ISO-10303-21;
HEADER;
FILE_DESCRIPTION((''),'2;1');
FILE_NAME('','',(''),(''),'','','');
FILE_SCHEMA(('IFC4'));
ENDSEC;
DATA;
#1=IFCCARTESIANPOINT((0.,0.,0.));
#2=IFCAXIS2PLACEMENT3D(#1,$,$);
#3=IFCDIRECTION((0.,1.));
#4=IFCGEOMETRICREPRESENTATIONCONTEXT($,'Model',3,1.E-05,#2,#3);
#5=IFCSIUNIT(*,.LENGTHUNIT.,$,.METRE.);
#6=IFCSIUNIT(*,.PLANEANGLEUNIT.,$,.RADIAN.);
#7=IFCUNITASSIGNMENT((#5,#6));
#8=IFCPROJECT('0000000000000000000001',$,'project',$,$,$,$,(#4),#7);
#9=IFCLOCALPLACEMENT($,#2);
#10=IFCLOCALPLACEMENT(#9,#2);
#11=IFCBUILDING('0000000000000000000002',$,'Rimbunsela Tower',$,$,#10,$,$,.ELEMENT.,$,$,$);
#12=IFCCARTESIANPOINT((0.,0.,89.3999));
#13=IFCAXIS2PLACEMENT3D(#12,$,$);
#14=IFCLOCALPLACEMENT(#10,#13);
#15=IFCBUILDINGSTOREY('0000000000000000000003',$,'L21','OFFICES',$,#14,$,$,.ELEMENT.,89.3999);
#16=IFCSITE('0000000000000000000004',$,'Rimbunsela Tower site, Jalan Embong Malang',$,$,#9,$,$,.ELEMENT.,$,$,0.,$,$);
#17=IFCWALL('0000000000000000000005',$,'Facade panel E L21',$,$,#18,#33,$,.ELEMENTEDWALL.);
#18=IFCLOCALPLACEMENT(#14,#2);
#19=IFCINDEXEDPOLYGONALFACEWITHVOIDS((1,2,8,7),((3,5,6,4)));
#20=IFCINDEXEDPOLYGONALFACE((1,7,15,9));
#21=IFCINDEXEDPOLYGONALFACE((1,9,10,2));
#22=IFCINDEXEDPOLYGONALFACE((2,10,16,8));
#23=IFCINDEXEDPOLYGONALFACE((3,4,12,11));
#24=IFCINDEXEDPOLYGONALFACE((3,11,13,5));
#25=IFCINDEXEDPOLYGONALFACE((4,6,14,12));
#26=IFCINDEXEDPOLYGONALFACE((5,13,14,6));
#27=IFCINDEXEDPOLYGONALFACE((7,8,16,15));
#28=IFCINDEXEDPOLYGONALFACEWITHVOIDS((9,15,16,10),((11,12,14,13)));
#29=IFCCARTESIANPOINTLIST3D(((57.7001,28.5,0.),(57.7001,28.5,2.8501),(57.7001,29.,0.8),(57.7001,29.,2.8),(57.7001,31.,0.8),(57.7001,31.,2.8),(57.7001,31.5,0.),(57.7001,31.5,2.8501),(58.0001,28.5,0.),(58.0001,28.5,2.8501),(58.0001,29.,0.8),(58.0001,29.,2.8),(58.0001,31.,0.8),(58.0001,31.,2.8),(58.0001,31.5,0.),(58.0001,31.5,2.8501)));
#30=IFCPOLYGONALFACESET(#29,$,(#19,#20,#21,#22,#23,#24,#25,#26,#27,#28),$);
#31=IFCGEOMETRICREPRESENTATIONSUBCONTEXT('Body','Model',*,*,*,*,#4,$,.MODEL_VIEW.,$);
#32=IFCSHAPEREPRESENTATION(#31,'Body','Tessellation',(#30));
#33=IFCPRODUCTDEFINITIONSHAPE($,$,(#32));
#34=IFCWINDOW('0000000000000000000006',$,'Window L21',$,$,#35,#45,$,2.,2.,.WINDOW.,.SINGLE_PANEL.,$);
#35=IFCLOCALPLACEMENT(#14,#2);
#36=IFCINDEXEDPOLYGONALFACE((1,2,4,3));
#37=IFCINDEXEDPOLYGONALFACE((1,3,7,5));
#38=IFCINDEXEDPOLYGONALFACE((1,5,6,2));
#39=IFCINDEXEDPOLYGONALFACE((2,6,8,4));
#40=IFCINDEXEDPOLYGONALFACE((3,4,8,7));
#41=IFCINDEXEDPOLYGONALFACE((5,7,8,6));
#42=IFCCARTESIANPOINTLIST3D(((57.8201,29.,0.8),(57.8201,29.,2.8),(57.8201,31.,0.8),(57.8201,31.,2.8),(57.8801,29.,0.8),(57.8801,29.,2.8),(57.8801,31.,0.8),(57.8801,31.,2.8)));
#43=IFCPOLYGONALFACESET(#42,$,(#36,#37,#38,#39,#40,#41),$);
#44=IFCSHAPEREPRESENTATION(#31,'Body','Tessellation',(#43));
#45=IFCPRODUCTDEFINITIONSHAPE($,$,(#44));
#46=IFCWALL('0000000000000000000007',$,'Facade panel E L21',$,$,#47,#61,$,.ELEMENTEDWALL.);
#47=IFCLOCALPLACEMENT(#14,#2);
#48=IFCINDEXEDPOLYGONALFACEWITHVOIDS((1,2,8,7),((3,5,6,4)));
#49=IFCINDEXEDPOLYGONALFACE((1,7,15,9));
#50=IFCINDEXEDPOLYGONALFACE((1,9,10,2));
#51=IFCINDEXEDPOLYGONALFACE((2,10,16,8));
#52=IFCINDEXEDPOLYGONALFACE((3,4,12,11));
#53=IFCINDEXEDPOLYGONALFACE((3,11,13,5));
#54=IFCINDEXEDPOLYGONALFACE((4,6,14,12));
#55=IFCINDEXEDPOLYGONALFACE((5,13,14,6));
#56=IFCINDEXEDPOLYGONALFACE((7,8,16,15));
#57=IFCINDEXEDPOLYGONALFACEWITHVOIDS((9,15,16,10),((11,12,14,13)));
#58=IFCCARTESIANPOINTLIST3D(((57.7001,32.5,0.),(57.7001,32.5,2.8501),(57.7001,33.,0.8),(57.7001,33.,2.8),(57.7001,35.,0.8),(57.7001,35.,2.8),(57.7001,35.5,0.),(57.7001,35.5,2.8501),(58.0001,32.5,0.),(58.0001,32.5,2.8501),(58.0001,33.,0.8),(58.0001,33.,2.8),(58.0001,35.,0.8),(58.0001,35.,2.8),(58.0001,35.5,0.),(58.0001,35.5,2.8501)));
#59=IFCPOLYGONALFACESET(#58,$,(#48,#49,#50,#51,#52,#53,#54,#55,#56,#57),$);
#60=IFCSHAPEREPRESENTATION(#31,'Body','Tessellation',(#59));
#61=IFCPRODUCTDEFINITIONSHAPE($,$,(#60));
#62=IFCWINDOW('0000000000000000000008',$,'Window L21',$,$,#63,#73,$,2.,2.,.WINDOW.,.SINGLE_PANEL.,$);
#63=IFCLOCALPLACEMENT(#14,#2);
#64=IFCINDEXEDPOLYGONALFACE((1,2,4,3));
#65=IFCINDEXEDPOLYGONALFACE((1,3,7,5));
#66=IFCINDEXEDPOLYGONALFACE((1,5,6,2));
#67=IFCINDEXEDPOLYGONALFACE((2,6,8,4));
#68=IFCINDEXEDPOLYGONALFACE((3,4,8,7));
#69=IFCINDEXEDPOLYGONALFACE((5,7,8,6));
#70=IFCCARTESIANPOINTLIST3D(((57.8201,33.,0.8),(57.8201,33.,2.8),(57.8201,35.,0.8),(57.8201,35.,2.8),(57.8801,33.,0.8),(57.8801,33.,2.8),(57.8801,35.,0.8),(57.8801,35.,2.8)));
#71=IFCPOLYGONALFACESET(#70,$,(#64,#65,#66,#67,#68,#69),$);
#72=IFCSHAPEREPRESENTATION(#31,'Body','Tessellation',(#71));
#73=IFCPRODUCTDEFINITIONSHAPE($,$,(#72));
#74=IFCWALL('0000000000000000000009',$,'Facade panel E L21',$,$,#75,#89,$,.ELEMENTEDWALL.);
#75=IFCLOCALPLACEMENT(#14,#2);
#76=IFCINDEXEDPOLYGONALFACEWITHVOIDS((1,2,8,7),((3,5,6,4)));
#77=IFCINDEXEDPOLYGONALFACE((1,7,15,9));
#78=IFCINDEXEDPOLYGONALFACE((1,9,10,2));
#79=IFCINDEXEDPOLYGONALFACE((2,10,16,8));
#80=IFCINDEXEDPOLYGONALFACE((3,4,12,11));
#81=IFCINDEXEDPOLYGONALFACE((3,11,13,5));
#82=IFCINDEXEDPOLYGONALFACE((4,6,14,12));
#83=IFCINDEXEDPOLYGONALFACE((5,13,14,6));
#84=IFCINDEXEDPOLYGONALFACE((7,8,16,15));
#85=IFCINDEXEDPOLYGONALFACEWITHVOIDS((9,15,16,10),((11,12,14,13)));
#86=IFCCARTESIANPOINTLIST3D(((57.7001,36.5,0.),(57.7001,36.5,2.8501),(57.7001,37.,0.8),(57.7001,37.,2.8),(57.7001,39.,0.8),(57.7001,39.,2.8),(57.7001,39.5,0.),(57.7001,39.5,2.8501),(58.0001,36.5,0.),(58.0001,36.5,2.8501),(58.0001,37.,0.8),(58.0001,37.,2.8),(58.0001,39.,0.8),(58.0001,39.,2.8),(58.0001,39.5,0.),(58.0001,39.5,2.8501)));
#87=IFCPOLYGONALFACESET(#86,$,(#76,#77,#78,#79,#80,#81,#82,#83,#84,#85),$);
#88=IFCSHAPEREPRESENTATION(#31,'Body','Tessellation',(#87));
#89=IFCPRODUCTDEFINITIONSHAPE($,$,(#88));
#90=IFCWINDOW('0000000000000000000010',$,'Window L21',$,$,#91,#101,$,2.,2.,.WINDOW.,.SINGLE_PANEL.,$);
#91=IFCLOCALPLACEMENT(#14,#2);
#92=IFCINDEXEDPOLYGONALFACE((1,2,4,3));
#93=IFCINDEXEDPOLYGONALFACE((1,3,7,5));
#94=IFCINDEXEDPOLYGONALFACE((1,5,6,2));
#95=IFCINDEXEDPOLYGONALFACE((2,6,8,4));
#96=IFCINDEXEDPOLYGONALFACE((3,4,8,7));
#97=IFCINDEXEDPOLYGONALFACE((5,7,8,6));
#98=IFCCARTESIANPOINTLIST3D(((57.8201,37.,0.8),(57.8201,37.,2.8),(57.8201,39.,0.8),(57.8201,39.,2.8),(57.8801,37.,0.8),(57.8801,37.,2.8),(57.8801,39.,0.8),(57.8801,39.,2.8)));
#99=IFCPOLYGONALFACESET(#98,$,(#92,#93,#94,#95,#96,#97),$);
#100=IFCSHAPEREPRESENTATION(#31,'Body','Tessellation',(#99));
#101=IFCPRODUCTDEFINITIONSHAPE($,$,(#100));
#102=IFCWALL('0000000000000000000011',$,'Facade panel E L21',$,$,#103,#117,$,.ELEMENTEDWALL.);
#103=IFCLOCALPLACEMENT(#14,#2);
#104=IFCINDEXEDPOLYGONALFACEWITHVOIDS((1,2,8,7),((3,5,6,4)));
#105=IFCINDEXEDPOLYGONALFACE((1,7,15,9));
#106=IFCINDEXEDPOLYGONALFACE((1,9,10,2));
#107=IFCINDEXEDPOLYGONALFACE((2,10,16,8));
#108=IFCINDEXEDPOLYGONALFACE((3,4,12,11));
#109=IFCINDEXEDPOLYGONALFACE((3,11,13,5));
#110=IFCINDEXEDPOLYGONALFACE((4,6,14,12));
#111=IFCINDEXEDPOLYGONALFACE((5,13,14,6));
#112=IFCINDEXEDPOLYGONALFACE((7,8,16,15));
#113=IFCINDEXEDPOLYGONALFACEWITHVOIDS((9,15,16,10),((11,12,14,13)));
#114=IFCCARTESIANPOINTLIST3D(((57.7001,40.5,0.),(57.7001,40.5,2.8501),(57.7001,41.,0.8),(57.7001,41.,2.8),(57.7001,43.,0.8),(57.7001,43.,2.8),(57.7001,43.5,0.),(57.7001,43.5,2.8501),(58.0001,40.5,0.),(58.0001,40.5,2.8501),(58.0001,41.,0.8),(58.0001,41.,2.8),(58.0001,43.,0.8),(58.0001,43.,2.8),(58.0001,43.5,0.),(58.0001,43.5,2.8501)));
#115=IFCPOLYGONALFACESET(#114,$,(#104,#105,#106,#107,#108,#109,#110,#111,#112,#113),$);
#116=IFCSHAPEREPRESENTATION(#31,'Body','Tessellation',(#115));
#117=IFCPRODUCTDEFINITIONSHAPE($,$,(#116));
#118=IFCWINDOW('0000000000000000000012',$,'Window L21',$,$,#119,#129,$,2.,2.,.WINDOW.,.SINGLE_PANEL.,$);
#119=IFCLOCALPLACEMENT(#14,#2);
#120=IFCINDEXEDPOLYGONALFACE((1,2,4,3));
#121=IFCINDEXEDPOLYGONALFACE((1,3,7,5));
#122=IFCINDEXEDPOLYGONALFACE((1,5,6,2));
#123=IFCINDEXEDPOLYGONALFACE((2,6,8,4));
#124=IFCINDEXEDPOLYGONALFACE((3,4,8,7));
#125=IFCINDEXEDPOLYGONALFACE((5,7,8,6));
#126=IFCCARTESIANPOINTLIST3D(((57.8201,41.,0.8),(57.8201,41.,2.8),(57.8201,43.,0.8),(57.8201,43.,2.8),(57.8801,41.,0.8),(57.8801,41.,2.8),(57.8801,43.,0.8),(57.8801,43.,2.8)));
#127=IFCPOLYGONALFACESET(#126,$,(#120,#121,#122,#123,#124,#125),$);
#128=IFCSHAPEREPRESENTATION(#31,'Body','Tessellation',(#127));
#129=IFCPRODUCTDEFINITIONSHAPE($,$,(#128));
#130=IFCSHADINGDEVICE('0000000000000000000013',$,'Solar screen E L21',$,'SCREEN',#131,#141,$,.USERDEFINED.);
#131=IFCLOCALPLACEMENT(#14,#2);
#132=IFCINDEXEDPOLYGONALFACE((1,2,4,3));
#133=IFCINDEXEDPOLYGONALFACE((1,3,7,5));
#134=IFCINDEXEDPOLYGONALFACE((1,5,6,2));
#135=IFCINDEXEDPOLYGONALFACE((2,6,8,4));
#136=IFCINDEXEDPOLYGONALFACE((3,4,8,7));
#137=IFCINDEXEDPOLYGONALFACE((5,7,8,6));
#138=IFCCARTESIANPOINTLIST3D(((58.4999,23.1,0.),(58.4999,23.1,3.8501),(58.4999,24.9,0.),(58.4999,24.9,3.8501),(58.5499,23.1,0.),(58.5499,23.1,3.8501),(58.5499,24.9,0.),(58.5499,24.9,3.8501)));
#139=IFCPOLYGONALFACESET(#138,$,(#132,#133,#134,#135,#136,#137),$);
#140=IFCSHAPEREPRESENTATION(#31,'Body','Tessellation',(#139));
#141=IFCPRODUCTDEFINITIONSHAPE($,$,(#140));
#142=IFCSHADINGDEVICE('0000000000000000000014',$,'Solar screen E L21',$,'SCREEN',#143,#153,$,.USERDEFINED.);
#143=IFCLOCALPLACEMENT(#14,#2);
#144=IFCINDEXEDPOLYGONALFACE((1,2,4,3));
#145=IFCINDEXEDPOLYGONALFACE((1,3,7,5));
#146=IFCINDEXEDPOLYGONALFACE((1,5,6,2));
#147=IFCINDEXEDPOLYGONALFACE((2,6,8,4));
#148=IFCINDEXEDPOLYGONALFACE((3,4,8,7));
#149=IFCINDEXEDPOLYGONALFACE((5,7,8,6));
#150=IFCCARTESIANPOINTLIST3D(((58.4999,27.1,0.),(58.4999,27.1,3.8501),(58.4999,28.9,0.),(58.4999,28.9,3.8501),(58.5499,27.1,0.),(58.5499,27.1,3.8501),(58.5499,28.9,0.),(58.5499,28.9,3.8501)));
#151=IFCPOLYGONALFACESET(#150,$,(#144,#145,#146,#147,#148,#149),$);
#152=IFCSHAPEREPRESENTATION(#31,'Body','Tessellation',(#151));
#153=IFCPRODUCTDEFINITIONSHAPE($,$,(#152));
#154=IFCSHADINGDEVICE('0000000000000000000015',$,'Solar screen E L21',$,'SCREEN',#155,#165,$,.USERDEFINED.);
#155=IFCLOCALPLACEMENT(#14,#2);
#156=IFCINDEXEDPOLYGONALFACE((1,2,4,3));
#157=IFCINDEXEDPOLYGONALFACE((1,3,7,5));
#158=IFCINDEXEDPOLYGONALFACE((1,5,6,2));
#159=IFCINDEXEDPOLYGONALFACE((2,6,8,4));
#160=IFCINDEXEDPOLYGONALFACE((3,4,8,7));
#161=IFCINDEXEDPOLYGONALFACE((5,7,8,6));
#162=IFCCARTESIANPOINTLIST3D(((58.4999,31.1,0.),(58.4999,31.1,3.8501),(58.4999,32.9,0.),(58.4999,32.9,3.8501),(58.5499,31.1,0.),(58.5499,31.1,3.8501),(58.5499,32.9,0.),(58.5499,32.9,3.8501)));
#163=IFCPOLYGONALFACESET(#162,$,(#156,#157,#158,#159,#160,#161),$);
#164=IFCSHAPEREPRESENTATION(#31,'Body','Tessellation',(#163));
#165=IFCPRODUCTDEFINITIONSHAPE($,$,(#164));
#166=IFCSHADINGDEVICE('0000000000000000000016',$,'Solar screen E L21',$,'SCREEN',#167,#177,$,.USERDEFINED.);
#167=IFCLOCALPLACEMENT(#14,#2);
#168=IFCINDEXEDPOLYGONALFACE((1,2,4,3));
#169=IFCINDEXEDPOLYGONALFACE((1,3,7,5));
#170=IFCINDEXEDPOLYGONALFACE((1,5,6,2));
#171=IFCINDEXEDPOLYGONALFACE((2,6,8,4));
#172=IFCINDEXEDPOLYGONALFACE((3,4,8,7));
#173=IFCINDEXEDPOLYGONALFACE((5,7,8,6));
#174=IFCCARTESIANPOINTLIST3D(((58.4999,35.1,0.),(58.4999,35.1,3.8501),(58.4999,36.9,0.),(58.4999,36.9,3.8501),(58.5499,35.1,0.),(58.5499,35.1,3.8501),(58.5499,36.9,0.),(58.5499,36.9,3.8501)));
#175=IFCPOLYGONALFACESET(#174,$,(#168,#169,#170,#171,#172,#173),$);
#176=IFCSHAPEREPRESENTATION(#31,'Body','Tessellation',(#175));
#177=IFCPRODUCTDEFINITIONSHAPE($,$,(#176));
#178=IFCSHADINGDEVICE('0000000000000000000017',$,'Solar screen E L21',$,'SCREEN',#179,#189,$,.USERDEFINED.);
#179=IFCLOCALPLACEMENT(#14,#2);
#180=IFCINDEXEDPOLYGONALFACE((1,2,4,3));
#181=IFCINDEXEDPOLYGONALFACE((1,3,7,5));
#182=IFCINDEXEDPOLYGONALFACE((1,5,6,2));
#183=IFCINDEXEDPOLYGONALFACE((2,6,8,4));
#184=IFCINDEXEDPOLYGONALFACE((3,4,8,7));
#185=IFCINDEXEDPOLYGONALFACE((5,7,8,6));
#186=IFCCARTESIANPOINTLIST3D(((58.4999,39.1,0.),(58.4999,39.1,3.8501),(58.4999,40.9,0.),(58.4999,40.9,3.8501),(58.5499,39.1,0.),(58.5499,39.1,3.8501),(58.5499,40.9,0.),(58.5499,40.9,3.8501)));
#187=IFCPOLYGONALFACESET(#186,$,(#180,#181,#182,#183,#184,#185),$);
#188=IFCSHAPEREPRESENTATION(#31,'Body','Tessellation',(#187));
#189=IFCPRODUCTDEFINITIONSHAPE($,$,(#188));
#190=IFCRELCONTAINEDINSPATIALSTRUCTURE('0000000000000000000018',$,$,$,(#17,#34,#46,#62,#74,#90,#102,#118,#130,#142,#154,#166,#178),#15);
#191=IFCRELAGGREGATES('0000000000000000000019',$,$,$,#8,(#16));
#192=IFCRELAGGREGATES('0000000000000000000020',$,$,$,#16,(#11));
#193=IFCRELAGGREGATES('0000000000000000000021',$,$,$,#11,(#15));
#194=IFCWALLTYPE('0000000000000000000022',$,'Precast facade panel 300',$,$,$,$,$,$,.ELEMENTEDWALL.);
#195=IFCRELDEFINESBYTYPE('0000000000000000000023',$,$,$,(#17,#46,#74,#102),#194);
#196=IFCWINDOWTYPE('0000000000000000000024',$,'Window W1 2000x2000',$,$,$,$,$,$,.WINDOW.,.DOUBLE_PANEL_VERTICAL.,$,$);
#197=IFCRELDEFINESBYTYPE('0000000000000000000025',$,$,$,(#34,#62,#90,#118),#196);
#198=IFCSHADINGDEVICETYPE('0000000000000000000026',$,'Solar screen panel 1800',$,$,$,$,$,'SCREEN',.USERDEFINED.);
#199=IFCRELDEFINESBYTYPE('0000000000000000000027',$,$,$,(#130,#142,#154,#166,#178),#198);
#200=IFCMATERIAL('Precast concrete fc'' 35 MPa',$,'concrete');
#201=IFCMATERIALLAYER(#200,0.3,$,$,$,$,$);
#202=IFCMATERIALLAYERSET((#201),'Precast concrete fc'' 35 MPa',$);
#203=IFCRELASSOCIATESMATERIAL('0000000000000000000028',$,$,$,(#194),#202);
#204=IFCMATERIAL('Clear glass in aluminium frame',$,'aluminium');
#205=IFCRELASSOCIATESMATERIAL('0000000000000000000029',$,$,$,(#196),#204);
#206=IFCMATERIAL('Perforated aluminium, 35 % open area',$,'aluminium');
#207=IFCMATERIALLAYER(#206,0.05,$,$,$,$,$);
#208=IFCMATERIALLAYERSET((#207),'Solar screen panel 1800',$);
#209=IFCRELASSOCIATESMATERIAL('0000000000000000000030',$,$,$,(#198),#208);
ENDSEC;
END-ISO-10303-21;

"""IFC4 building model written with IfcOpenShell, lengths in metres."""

from ifc_helpers import new_model, si_unit, direction, frame, frame_2d, origin, origin_2d, place, context, subcontext, project, spatial, rectangle, extrude, material, layer, layer_set, type_object, element, fill, save


model = new_model("IFC4")

# Units and contexts
model_context = context("Model", 3, precision=1e-05, world=origin(), true_north=direction((0.0, 1.0)))
body_context = subcontext(model_context, "Body", "Model", "MODEL_VIEW")
ifc_project = project(units=[si_unit("LENGTHUNIT", "METRE"), si_unit("PLANEANGLEUNIT", "RADIAN")], contexts=[model_context])

# Site, building, storey
site_placement = place(None, origin())
site = spatial("IfcSite", under=ifc_project, at=site_placement, Name="Rimbunsela Tower site, Jalan Embong Malang", CompositionType="ELEMENT", RefElevation=0.0)
building_placement = place(site_placement, origin())
building = spatial("IfcBuilding", under=site, at=building_placement, Name="Rimbunsela Tower", CompositionType="ELEMENT")
storey_placement = place(building_placement, frame((0.0, 0.0, 89.3999)))
storey = spatial("IfcBuildingStorey", under=building, at=storey_placement, Name="L21", Description="OFFICES", CompositionType="ELEMENT", Elevation=89.3999)

# Walls, openings, windows
ifc_material_1 = material(Name="Precast concrete fc' 35 MPa", Category="concrete")
ifc_layer_1 = layer(ifc_material_1, 0.3)
ifc_layer_set_1 = layer_set([ifc_layer_1], Name="Precast concrete fc' 35 MPa")
wall_type_1 = type_object("IfcWallType", Name="Precast facade panel 300", PredefinedType="ELEMENTEDWALL", material=ifc_layer_set_1)
ifc_material_2 = material(Name="Clear glass in aluminium frame", Category="aluminium")
window_type = type_object("IfcWindowType", Name="Window W1 2000x2000", PartitioningType="DOUBLE_PANEL_VERTICAL", PredefinedType="WINDOW", material=ifc_material_2)
wall_1_placement = place(storey_placement, frame((57.8501, 28.5, 0.0), z_axis=(0.0, 0.0, 1.0), x_axis=(0.0, 1.0, 0.0)))
wall_1 = element("IfcWall", 1, at=wall_1_placement, inside=storey, type_object=wall_type_1, Name="Facade panel E L21", PredefinedType="ELEMENTEDWALL", context=body_context, shape_type="SweptSolid", body=[
    extrude(rectangle(XDim=3.0, YDim=0.3, at=frame_2d((1.5, 0.0))), origin(), (0.0, 0.0, 1.0), 2.8501),
])
opening_1_placement = place(wall_1_placement, frame((0.5, 0.0, 0.8)))
opening_1 = element("IfcOpeningElement", 2, at=opening_1_placement, cuts=wall_1, PredefinedType="OPENING", context=body_context, shape_type="SweptSolid", body=[
    extrude(rectangle(XDim=2.0, YDim=2.0, at=frame_2d((1.0, 1.0))), frame((0.0, 0.1599, 0.0), z_axis=(0.0, -1.0, 0.0), x_axis=(1.0, 0.0, 0.0)), (0.0, 0.0, 1.0), 0.3201),
])
window_1_placement = place(opening_1_placement, origin())
window_1 = element("IfcWindow", 3, at=window_1_placement, inside=storey, type_object=window_type, Name="Window L21", OverallHeight=2.0, OverallWidth=2.0, PartitioningType="SINGLE_PANEL", PredefinedType="WINDOW", context=body_context, shape_type="SweptSolid", body=[
    extrude(rectangle(XDim=2.0, YDim=2.0, at=frame_2d((1.0, 1.0))), frame((0.0, 0.03, 0.0), z_axis=(0.0, -1.0, 0.0), x_axis=(1.0, 0.0, 0.0)), (0.0, 0.0, 1.0), 0.0601),
])
fill(opening_1, window_1)
wall_2_placement = place(storey_placement, frame((57.8501, 32.5, 0.0), z_axis=(0.0, 0.0, 1.0), x_axis=(0.0, 1.0, 0.0)))
wall_2 = element("IfcWall", 4, at=wall_2_placement, inside=storey, type_object=wall_type_1, Name="Facade panel E L21", PredefinedType="ELEMENTEDWALL", context=body_context, shape_type="SweptSolid", body=[
    extrude(rectangle(XDim=3.0, YDim=0.3, at=frame_2d((1.5, 0.0))), origin(), (0.0, 0.0, 1.0), 2.8501),
])
opening_2_placement = place(wall_2_placement, frame((0.5, 0.0, 0.8)))
opening_2 = element("IfcOpeningElement", 5, at=opening_2_placement, cuts=wall_2, PredefinedType="OPENING", context=body_context, shape_type="SweptSolid", body=[
    extrude(rectangle(XDim=2.0, YDim=2.0, at=frame_2d((1.0, 1.0))), frame((0.0, 0.1599, 0.0), z_axis=(0.0, -1.0, 0.0), x_axis=(1.0, 0.0, 0.0)), (0.0, 0.0, 1.0), 0.3201),
])
window_2_placement = place(opening_2_placement, origin())
window_2 = element("IfcWindow", 6, at=window_2_placement, inside=storey, type_object=window_type, Name="Window L21", OverallHeight=2.0, OverallWidth=2.0, PartitioningType="SINGLE_PANEL", PredefinedType="WINDOW", context=body_context, shape_type="SweptSolid", body=[
    extrude(rectangle(XDim=2.0, YDim=2.0, at=frame_2d((1.0, 1.0))), frame((0.0, 0.03, 0.0), z_axis=(0.0, -1.0, 0.0), x_axis=(1.0, 0.0, 0.0)), (0.0, 0.0, 1.0), 0.0601),
])
fill(opening_2, window_2)
wall_3_placement = place(storey_placement, frame((57.8501, 36.5, 0.0), z_axis=(0.0, 0.0, 1.0), x_axis=(0.0, 1.0, 0.0)))
wall_3 = element("IfcWall", 7, at=wall_3_placement, inside=storey, type_object=wall_type_1, Name="Facade panel E L21", PredefinedType="ELEMENTEDWALL", context=body_context, shape_type="SweptSolid", body=[
    extrude(rectangle(XDim=3.0, YDim=0.3, at=frame_2d((1.5, 0.0))), origin(), (0.0, 0.0, 1.0), 2.8501),
])
opening_3_placement = place(wall_3_placement, frame((0.5, 0.0, 0.8)))
opening_3 = element("IfcOpeningElement", 8, at=opening_3_placement, cuts=wall_3, PredefinedType="OPENING", context=body_context, shape_type="SweptSolid", body=[
    extrude(rectangle(XDim=2.0, YDim=2.0, at=frame_2d((1.0, 1.0))), frame((0.0, 0.1599, 0.0), z_axis=(0.0, -1.0, 0.0), x_axis=(1.0, 0.0, 0.0)), (0.0, 0.0, 1.0), 0.3201),
])
window_3_placement = place(opening_3_placement, origin())
window_3 = element("IfcWindow", 9, at=window_3_placement, inside=storey, type_object=window_type, Name="Window L21", OverallHeight=2.0, OverallWidth=2.0, PartitioningType="SINGLE_PANEL", PredefinedType="WINDOW", context=body_context, shape_type="SweptSolid", body=[
    extrude(rectangle(XDim=2.0, YDim=2.0, at=frame_2d((1.0, 1.0))), frame((0.0, 0.03, 0.0), z_axis=(0.0, -1.0, 0.0), x_axis=(1.0, 0.0, 0.0)), (0.0, 0.0, 1.0), 0.0601),
])
fill(opening_3, window_3)
wall_4_placement = place(storey_placement, frame((57.8501, 40.5, 0.0), z_axis=(0.0, 0.0, 1.0), x_axis=(0.0, 1.0, 0.0)))
wall_4 = element("IfcWall", 10, at=wall_4_placement, inside=storey, type_object=wall_type_1, Name="Facade panel E L21", PredefinedType="ELEMENTEDWALL", context=body_context, shape_type="SweptSolid", body=[
    extrude(rectangle(XDim=3.0, YDim=0.3, at=frame_2d((1.5, 0.0))), origin(), (0.0, 0.0, 1.0), 2.8501),
])
opening_4_placement = place(wall_4_placement, frame((0.5, 0.0, 0.8)))
opening_4 = element("IfcOpeningElement", 11, at=opening_4_placement, cuts=wall_4, PredefinedType="OPENING", context=body_context, shape_type="SweptSolid", body=[
    extrude(rectangle(XDim=2.0, YDim=2.0, at=frame_2d((1.0, 1.0))), frame((0.0, 0.1599, 0.0), z_axis=(0.0, -1.0, 0.0), x_axis=(1.0, 0.0, 0.0)), (0.0, 0.0, 1.0), 0.3201),
])
window_4_placement = place(opening_4_placement, origin())
window_4 = element("IfcWindow", 12, at=window_4_placement, inside=storey, type_object=window_type, Name="Window L21", OverallHeight=2.0, OverallWidth=2.0, PartitioningType="SINGLE_PANEL", PredefinedType="WINDOW", context=body_context, shape_type="SweptSolid", body=[
    extrude(rectangle(XDim=2.0, YDim=2.0, at=frame_2d((1.0, 1.0))), frame((0.0, 0.03, 0.0), z_axis=(0.0, -1.0, 0.0), x_axis=(1.0, 0.0, 0.0)), (0.0, 0.0, 1.0), 0.0601),
])
fill(opening_4, window_4)

# Shading devices
ifc_material_3 = material(Name="Perforated aluminium, 35 % open area", Category="aluminium")
ifc_layer_2 = layer(ifc_material_3, 0.05)
ifc_layer_set_2 = layer_set([ifc_layer_2], Name="Solar screen panel 1800")
shading_device_type = type_object("IfcShadingDeviceType", Name="Solar screen panel 1800", ElementType="SCREEN", PredefinedType="USERDEFINED", material=ifc_layer_set_2)
for number, where, z_axis, x_axis, name in (
    (13, (58.5249, 24.0, 0.0), (0.0, 0.0, 1.0), (0.0, 1.0, 0.0), "Solar screen E L21"),
    (14, (58.5249, 28.0, 0.0), (0.0, 0.0, 1.0), (0.0, 1.0, 0.0), "Solar screen E L21"),
    (15, (58.5249, 32.0, 0.0), (0.0, 0.0, 1.0), (0.0, 1.0, 0.0), "Solar screen E L21"),
    (16, (58.5249, 36.0, 0.0), (0.0, 0.0, 1.0), (0.0, 1.0, 0.0), "Solar screen E L21"),
    (17, (58.5249, 40.0, 0.0), (0.0, 0.0, 1.0), (0.0, 1.0, 0.0), "Solar screen E L21"),
):
    element("IfcShadingDevice", number, at=place(storey_placement, frame(where, z_axis=z_axis, x_axis=x_axis)), inside=storey, type_object=shading_device_type, Name=name, ObjectType="SCREEN", PredefinedType="USERDEFINED", context=body_context, shape_type="SweptSolid", body=[
        extrude(rectangle(XDim=1.8, YDim=0.05, at=origin_2d()), origin(), (0.0, 0.0, 1.0), 3.8501),
    ])

save(model, "model.ifc")
